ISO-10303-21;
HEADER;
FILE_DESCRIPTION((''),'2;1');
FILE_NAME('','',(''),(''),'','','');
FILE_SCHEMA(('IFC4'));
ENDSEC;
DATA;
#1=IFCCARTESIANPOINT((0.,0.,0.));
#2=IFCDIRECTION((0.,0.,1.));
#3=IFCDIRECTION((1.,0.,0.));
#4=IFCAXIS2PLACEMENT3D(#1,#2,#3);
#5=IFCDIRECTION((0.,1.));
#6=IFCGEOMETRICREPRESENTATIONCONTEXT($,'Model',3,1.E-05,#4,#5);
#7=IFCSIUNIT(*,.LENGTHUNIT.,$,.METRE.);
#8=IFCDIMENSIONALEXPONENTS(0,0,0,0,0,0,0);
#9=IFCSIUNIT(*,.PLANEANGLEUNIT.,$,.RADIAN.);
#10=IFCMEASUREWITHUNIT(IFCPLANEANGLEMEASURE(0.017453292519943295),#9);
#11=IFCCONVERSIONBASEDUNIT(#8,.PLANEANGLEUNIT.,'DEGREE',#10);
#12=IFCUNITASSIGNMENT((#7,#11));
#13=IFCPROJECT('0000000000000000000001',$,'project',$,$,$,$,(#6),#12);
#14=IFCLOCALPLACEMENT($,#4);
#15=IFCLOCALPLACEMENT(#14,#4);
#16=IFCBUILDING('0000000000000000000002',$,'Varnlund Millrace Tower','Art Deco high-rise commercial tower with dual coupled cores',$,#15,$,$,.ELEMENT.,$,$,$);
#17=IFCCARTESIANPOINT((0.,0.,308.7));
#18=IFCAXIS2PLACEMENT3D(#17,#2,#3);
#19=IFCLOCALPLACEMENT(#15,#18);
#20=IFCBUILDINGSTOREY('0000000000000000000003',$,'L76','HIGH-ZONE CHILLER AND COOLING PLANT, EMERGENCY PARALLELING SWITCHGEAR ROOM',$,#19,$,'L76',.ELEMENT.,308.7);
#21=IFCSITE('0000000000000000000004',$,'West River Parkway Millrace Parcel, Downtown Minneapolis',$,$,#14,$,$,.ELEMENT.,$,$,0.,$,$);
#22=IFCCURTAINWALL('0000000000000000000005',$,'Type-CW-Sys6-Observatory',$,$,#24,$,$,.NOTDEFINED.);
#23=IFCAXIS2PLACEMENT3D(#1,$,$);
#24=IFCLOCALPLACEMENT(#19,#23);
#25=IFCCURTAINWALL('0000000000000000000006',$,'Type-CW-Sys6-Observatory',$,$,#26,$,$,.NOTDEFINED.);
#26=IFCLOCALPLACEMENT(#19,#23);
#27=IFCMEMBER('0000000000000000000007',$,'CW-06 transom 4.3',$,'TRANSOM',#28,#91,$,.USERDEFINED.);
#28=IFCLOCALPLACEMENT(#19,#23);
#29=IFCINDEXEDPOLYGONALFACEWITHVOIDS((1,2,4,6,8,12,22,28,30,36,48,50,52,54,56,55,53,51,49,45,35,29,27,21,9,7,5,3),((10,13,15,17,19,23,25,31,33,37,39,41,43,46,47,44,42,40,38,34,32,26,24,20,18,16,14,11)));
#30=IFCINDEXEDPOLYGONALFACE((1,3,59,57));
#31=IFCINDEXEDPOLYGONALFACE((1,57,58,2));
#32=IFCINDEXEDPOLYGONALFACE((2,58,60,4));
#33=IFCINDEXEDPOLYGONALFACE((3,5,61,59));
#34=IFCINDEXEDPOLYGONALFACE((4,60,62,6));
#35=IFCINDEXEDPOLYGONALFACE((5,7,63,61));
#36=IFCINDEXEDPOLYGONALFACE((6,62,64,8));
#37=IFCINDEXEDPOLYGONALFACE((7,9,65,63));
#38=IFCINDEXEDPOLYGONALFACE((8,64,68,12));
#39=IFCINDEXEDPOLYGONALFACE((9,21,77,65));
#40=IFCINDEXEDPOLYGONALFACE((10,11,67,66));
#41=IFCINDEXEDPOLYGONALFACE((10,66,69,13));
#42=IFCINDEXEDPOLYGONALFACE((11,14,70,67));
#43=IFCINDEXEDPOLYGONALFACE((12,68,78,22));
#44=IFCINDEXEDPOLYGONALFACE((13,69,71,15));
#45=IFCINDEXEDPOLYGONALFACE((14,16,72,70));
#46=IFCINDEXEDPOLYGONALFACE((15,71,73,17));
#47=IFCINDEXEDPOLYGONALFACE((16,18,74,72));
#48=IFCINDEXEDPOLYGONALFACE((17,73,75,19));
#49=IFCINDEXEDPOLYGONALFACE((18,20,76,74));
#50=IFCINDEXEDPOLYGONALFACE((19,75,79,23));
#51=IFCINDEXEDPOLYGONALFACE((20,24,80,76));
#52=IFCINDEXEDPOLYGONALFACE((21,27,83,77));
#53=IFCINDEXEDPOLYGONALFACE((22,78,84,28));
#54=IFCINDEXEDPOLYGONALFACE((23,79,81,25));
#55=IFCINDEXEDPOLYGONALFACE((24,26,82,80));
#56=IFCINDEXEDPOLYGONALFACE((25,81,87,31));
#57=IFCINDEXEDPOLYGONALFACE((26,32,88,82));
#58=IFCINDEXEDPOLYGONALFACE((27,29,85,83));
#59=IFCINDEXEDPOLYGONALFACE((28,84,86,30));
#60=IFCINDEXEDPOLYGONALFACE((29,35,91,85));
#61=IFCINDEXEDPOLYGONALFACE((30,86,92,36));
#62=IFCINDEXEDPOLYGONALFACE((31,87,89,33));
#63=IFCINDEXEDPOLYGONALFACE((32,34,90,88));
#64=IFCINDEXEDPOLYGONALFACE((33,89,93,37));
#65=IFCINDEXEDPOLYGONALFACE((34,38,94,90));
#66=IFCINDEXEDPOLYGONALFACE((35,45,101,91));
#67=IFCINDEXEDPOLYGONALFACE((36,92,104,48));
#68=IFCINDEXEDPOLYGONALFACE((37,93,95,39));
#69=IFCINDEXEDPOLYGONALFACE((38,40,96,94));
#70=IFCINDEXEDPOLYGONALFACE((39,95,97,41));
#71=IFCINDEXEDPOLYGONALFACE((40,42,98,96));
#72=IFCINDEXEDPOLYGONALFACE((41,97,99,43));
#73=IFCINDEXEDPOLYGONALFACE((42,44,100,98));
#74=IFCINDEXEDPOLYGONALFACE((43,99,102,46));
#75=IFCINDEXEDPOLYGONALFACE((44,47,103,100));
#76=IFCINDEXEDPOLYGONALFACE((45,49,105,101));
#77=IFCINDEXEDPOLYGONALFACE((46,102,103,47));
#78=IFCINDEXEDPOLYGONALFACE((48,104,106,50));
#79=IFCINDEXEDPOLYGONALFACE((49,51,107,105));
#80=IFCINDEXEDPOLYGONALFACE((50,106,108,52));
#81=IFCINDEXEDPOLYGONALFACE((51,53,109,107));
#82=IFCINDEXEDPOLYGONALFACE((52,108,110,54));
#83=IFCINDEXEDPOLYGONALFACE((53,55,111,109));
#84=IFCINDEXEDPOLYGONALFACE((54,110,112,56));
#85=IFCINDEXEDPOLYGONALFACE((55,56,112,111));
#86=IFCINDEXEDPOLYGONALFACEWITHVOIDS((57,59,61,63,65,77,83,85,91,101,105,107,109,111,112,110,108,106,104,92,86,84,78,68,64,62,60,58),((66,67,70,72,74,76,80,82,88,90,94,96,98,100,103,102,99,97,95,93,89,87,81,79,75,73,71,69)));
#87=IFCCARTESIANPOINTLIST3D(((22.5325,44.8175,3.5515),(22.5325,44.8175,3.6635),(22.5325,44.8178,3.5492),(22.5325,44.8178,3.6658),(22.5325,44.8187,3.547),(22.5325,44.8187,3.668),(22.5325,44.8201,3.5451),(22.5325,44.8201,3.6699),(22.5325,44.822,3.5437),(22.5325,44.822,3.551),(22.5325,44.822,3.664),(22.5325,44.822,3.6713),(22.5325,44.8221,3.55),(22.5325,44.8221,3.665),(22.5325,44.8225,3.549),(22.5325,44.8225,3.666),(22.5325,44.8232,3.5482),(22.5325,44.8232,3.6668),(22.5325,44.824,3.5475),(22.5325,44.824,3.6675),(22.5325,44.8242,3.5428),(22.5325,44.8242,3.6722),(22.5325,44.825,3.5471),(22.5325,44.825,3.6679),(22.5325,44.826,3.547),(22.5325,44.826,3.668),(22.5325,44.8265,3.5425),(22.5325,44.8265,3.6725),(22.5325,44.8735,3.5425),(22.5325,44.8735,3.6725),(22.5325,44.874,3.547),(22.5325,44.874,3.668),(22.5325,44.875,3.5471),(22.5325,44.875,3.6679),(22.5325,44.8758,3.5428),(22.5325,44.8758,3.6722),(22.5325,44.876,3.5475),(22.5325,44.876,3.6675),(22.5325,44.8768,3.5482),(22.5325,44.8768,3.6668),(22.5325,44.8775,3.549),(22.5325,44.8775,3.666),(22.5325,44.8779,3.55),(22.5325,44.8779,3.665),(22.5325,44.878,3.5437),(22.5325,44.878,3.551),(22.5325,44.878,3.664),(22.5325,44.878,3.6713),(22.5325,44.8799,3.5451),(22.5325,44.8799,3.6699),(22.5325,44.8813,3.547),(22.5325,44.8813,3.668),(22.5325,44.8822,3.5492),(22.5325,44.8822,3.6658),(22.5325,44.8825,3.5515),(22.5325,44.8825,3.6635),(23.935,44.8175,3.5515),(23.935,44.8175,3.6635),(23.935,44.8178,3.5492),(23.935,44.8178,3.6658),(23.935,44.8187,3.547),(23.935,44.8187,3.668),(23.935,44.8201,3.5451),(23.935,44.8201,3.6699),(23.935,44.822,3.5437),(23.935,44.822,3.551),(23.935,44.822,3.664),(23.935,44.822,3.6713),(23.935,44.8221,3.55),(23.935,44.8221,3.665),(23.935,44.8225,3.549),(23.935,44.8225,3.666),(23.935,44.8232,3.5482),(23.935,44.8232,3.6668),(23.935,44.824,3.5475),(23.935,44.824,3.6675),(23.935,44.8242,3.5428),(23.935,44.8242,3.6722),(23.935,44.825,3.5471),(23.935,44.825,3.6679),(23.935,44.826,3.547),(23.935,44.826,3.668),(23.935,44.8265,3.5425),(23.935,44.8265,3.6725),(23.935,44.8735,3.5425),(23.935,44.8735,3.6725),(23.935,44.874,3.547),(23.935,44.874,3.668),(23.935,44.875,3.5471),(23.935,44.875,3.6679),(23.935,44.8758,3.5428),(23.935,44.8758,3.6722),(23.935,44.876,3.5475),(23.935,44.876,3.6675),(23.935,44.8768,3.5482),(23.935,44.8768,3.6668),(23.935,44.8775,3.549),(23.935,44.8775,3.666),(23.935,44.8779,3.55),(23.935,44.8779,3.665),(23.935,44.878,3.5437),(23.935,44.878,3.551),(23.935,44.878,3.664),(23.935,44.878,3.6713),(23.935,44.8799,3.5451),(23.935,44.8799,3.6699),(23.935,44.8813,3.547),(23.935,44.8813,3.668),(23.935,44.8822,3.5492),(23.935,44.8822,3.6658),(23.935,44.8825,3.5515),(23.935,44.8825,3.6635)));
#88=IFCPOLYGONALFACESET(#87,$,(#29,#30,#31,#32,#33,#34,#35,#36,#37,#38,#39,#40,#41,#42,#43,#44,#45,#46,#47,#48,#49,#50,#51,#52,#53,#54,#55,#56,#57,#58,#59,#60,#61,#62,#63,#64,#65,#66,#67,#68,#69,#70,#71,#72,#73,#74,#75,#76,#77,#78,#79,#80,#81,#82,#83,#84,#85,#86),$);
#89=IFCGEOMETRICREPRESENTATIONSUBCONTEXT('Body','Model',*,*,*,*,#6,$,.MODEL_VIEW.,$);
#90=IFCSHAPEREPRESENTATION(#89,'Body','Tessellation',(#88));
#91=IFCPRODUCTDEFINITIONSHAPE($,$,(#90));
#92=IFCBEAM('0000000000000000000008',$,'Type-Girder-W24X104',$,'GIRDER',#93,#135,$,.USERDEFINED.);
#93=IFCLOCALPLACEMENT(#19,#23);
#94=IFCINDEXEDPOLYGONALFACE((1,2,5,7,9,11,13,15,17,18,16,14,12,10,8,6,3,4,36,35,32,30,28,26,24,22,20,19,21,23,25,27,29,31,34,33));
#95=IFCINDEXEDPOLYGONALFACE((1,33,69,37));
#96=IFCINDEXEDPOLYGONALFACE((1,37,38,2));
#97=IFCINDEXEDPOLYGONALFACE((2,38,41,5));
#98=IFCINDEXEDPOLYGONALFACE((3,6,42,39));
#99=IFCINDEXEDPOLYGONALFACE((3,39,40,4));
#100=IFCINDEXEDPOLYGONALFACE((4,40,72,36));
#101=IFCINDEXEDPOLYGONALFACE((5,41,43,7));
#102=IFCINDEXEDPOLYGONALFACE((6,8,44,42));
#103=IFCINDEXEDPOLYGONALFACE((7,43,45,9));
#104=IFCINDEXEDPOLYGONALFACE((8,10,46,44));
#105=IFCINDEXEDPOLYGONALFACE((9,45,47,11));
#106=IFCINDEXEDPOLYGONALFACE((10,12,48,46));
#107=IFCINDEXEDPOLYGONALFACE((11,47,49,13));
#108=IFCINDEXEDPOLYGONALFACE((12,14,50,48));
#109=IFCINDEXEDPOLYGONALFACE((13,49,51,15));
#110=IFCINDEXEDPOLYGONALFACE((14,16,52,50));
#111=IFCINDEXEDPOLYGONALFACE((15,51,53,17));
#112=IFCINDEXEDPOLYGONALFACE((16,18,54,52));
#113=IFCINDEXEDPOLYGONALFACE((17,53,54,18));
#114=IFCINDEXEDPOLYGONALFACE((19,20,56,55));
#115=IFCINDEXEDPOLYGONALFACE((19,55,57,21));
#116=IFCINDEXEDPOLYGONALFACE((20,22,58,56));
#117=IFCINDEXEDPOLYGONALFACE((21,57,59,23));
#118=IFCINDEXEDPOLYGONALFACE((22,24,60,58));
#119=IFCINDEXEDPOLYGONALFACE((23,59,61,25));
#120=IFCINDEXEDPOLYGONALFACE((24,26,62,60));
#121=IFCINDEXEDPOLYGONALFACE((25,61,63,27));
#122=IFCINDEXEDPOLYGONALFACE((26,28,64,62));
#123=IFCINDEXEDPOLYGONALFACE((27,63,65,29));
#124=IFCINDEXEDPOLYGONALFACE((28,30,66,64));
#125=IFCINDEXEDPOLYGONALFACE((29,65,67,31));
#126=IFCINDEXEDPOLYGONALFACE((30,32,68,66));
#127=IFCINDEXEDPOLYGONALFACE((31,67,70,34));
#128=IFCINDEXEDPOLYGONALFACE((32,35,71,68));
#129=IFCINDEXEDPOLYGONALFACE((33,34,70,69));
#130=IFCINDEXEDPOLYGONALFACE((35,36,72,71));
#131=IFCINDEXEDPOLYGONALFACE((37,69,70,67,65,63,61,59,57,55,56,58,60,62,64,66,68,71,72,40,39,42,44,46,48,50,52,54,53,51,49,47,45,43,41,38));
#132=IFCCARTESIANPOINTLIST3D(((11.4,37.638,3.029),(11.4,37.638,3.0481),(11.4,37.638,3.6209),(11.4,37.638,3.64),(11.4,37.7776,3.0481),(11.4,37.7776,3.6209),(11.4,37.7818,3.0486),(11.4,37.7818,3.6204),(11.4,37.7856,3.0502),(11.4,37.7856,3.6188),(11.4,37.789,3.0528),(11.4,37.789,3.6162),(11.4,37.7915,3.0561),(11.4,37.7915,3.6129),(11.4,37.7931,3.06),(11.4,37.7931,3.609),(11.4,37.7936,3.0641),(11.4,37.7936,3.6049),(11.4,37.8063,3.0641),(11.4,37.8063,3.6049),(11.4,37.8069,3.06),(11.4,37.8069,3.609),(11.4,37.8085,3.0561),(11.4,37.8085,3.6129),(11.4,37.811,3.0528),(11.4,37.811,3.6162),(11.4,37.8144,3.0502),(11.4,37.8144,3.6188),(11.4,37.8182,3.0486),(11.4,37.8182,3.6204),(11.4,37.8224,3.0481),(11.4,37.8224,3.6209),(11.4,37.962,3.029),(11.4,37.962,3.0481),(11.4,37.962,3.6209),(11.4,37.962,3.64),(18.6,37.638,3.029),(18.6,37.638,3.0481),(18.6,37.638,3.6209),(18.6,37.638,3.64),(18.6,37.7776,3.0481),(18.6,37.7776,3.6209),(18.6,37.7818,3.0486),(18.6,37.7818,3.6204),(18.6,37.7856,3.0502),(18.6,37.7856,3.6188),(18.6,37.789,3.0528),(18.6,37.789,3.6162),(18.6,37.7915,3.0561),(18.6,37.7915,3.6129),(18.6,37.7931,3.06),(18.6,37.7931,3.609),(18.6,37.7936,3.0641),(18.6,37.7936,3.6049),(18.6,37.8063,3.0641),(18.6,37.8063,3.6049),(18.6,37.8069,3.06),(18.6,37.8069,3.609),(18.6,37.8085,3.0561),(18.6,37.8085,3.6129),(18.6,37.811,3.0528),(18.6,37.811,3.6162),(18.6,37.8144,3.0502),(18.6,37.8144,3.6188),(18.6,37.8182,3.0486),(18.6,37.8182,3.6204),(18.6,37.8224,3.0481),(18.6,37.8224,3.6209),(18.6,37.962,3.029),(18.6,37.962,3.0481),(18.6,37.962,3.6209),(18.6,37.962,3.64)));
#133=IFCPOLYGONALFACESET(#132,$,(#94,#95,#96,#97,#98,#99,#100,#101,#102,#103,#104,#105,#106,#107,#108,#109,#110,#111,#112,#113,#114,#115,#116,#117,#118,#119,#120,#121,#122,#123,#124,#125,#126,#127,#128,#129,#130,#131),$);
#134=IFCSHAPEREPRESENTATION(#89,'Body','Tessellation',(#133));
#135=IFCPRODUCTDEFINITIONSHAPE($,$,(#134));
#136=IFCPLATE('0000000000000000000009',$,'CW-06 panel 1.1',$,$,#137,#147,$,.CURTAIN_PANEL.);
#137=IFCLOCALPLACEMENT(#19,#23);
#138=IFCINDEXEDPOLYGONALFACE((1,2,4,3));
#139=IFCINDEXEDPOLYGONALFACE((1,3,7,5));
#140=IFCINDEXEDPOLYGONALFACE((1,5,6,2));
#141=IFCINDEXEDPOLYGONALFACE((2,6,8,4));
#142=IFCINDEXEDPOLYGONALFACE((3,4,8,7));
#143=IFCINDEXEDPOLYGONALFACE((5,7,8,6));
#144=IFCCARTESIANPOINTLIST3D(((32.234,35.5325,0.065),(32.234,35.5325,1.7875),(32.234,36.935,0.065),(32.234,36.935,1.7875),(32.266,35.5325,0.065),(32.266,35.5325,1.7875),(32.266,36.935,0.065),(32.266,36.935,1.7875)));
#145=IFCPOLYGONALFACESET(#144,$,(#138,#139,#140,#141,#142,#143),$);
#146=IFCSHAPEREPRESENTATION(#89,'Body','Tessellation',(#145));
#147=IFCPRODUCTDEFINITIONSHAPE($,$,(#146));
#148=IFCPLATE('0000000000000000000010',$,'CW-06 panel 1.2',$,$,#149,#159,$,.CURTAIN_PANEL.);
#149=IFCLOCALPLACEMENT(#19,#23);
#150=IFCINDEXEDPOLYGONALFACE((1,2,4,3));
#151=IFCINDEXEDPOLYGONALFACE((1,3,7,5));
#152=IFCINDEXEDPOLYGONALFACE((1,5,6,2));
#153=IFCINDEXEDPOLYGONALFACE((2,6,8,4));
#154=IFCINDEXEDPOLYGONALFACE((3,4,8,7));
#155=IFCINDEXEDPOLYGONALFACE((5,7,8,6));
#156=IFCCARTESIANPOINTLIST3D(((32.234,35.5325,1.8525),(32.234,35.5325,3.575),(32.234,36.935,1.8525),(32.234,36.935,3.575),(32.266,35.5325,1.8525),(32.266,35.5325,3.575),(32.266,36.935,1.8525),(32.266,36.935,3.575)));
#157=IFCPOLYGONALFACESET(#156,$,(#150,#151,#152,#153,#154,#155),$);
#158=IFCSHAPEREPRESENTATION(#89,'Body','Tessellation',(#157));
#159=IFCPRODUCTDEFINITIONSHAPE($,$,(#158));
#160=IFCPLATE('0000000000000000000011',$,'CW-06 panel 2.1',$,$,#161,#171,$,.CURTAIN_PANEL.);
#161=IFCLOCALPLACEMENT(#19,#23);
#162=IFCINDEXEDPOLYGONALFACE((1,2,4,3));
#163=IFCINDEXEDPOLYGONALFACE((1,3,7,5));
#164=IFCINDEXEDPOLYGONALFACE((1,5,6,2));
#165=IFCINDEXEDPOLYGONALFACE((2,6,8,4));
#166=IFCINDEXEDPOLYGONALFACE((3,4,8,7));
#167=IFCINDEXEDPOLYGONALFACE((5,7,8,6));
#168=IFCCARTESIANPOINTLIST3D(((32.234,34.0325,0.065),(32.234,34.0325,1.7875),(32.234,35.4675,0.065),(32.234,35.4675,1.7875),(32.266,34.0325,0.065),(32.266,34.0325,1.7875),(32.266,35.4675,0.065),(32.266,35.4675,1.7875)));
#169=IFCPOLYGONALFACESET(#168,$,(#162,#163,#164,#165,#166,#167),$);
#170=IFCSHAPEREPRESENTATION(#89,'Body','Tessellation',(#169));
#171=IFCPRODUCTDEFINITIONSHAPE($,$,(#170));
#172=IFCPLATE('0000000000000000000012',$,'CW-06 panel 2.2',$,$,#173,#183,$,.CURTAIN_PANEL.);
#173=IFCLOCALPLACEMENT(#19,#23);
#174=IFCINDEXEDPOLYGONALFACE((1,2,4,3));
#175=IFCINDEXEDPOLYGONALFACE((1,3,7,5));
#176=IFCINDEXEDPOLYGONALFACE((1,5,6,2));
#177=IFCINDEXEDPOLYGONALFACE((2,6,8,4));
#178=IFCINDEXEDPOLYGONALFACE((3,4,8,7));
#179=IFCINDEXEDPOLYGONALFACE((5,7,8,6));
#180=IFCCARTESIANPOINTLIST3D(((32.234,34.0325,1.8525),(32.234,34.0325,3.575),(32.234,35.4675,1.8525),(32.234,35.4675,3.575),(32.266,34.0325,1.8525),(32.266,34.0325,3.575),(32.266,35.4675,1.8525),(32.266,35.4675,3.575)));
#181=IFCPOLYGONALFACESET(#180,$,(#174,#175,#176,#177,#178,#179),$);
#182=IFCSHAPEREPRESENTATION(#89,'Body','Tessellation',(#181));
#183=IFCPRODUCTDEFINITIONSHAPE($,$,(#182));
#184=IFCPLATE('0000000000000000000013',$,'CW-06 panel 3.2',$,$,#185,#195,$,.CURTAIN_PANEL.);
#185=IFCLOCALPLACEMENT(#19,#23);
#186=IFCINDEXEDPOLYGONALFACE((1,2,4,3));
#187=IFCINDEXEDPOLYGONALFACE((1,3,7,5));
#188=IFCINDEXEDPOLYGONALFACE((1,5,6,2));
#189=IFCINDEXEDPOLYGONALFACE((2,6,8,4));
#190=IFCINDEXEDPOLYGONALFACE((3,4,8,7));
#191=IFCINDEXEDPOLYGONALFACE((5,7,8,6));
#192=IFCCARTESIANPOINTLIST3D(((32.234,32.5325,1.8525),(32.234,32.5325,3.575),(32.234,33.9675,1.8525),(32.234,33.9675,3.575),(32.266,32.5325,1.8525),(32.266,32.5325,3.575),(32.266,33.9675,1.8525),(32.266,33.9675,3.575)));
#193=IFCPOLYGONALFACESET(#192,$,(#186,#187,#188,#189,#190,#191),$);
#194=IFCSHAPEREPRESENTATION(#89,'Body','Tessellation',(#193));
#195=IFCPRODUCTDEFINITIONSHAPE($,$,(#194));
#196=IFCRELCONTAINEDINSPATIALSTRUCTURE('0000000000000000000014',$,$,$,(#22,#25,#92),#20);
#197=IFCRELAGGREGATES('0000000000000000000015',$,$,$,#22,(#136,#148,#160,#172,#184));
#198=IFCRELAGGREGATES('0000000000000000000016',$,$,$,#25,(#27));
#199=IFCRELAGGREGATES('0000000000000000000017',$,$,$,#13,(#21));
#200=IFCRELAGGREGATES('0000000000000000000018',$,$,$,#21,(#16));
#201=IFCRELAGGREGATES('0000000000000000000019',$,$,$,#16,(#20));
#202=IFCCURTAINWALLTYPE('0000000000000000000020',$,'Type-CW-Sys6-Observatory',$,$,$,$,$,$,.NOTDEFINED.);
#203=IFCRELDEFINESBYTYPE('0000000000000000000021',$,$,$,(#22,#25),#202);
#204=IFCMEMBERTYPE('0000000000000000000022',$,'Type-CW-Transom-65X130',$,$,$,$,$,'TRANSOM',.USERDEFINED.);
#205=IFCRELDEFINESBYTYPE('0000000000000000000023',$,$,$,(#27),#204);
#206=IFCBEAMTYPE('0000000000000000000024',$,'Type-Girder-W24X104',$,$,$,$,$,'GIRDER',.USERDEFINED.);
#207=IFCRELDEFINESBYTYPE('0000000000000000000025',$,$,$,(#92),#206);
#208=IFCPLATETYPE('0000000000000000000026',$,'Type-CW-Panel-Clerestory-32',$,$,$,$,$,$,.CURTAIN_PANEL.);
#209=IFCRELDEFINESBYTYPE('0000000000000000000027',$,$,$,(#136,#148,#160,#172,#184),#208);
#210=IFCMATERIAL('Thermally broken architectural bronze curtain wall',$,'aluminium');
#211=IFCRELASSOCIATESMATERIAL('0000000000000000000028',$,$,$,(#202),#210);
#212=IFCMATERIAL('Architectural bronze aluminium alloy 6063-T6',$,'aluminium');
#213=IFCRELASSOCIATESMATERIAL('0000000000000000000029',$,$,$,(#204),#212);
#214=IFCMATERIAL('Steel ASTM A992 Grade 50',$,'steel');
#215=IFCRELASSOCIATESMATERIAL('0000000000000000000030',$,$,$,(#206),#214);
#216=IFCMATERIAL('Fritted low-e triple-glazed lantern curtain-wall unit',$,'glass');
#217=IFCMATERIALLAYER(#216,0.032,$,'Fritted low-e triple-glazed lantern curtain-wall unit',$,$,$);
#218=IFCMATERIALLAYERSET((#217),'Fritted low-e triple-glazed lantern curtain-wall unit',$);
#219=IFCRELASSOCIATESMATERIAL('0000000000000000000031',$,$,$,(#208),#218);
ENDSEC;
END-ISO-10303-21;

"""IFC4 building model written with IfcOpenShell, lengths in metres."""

from ifc_helpers import new_model, entity, si_unit, converted_unit, direction, frame, origin_with_axes, origin_2d_with_axis, place, context, subcontext, project, spatial, rectangle, hollow_rectangle, i_section, extrude, material, layer, layer_set, material_profile, profile_set, type_object, element, aggregate, save


model = new_model("IFC4")

# Units and contexts
model_context = context("Model", 3, precision=1e-05, world=origin_with_axes(), true_north=direction((0.0, 1.0)))
body_context = subcontext(model_context, "Body", "Model", "MODEL_VIEW")
ifc_project = project(units=[si_unit("LENGTHUNIT", "METRE"), converted_unit("PLANEANGLEUNIT", "DEGREE", entity("IfcPlaneAngleMeasure", 0.017453292519943295), si_unit("PLANEANGLEUNIT", "RADIAN"), dimensions=[0, 0, 0, 0, 0, 0, 0])], contexts=[model_context])

# Site, building, storey
site_placement = place(None, origin_with_axes())
site = spatial("IfcSite", under=ifc_project, at=site_placement, Name="West River Parkway Millrace Parcel, Downtown Minneapolis", CompositionType="ELEMENT", RefElevation=0.0)
building_placement = place(site_placement, origin_with_axes())
building = spatial("IfcBuilding", under=site, at=building_placement, Name="Varnlund Millrace Tower", Description="Art Deco high-rise commercial tower with dual coupled cores", CompositionType="ELEMENT")
storey_placement = place(building_placement, frame((0.0, 0.0, 308.7), z_axis=(0.0, 0.0, 1.0), x_axis=(1.0, 0.0, 0.0)))
storey = spatial("IfcBuildingStorey", under=building, at=storey_placement, Name="L76", Description="HIGH-ZONE CHILLER AND COOLING PLANT, EMERGENCY PARALLELING SWITCHGEAR ROOM", LongName="L76", CompositionType="ELEMENT", Elevation=308.7)

# Curtain walls, member
ifc_material_1 = material(Name="Thermally broken architectural bronze curtain wall", Category="aluminium")
curtain_wall_type = type_object("IfcCurtainWallType", Name="Type-CW-Sys6-Observatory", PredefinedType="NOTDEFINED", material=ifc_material_1)
curtain_wall_1_placement = place(storey_placement, frame((32.25, 37.0, 0.0), z_axis=(0.0, 0.0, 1.0), x_axis=(1.0, 0.0, 0.0)))
curtain_wall_1 = element("IfcCurtainWall", 1, at=curtain_wall_1_placement, inside=storey, type_object=curtain_wall_type, Name="Type-CW-Sys6-Observatory", PredefinedType="NOTDEFINED")
ifc_material_2 = material(Name="Architectural bronze aluminium alloy 6063-T6", Category="aluminium")
ifc_material_profile_1 = material_profile(ifc_material_2, hollow_rectangle(XDim=0.065, YDim=0.13, WallThickness=0.0045, InnerFilletRadius=0.004, OuterFilletRadius=0.009, at=origin_2d_with_axis()), Name="Architectural bronze aluminium alloy 6063-T6")
ifc_profile_set_1 = profile_set([ifc_material_profile_1], Name="Architectural bronze aluminium alloy 6063-T6")
member_type = type_object("IfcMemberType", Name="Type-CW-Transom-65X130", ElementType="TRANSOM", PredefinedType="USERDEFINED", material=ifc_profile_set_1)
curtain_wall_2_placement = place(storey_placement, frame((18.0, 44.85, 0.0), z_axis=(0.0, 0.0, 1.0), x_axis=(1.0, 0.0, 0.0)))
curtain_wall_2 = element("IfcCurtainWall", 2, at=curtain_wall_2_placement, inside=storey, type_object=curtain_wall_type, Name="Type-CW-Sys6-Observatory", PredefinedType="NOTDEFINED")
member_1_placement = place(storey_placement, frame((22.5325, 44.85, 3.6075), z_axis=(1.0, 0.0, 0.0), x_axis=(0.0, 1.0, 0.0)))
member_1 = element("IfcMember", 3, at=member_1_placement, type_object=member_type, Name="CW-06 transom 4.3", ObjectType="TRANSOM", PredefinedType="USERDEFINED", context=body_context, shape_type="SweptSolid", body=[
    extrude(hollow_rectangle(XDim=0.065, YDim=0.13, WallThickness=0.0045, InnerFilletRadius=0.004, OuterFilletRadius=0.009, at=origin_2d_with_axis()), origin_with_axes(), (0.0, 0.0, 1.0), 1.4025),
])

# Beam
ifc_material_3 = material(Name="Steel ASTM A992 Grade 50", Category="steel")
ifc_material_profile_2 = material_profile(ifc_material_3, i_section(OverallWidth=0.324, OverallDepth=0.611, WebThickness=0.0127, FlangeThickness=0.0191, FilletRadius=0.016, at=origin_2d_with_axis()), Name="Steel ASTM A992 Grade 50")
ifc_profile_set_2 = profile_set([ifc_material_profile_2], Name="Steel ASTM A992 Grade 50")
beam_type = type_object("IfcBeamType", Name="Type-Girder-W24X104", ElementType="GIRDER", PredefinedType="USERDEFINED", material=ifc_profile_set_2)
beam_placement = place(storey_placement, frame((11.4, 37.8, 3.3345), z_axis=(1.0, 0.0, 0.0), x_axis=(0.0, 1.0, 0.0)))
element("IfcBeam", 4, at=beam_placement, inside=storey, type_object=beam_type, Name="Type-Girder-W24X104", ObjectType="GIRDER", PredefinedType="USERDEFINED", context=body_context, shape_type="SweptSolid", body=[
    extrude(i_section(OverallWidth=0.324, OverallDepth=0.611, WebThickness=0.0127, FlangeThickness=0.0191, FilletRadius=0.016, at=origin_2d_with_axis()), origin_with_axes(), (0.0, 0.0, 1.0), 7.2),
])

# Plates
ifc_material_4 = material(Name="Fritted low-e triple-glazed lantern curtain-wall unit", Category="glass")
ifc_layer_1 = layer(ifc_material_4, 0.032, Name="Fritted low-e triple-glazed lantern curtain-wall unit")
ifc_layer_set_1 = layer_set([ifc_layer_1], Name="Fritted low-e triple-glazed lantern curtain-wall unit")
plate_type = type_object("IfcPlateType", Name="Type-CW-Panel-Clerestory-32", PredefinedType="CURTAIN_PANEL", material=ifc_layer_set_1)
plate_1_placement = place(storey_placement, frame((32.25, 36.2338, 0.065), z_axis=(0.0, 0.0, 1.0), x_axis=(0.0, -1.0, 0.0)))
plate_1 = element("IfcPlate", 5, at=plate_1_placement, type_object=plate_type, Name="CW-06 panel 1.1", PredefinedType="CURTAIN_PANEL", context=body_context, shape_type="SweptSolid", body=[
    extrude(rectangle(XDim=1.4025, YDim=0.032, at=origin_2d_with_axis()), origin_with_axes(), (0.0, 0.0, 1.0), 1.7225),
])
plate_2_placement = place(storey_placement, frame((32.25, 36.2338, 1.8525), z_axis=(0.0, 0.0, 1.0), x_axis=(0.0, -1.0, 0.0)))
plate_2 = element("IfcPlate", 6, at=plate_2_placement, type_object=plate_type, Name="CW-06 panel 1.2", PredefinedType="CURTAIN_PANEL", context=body_context, shape_type="SweptSolid", body=[
    extrude(rectangle(XDim=1.4025, YDim=0.032, at=origin_2d_with_axis()), origin_with_axes(), (0.0, 0.0, 1.0), 1.7225),
])
plate_3_placement = place(storey_placement, frame((32.25, 34.75, 0.065), z_axis=(0.0, 0.0, 1.0), x_axis=(0.0, -1.0, 0.0)))
plate_3 = element("IfcPlate", 7, at=plate_3_placement, type_object=plate_type, Name="CW-06 panel 2.1", PredefinedType="CURTAIN_PANEL", context=body_context, shape_type="SweptSolid", body=[
    extrude(rectangle(XDim=1.435, YDim=0.032, at=origin_2d_with_axis()), origin_with_axes(), (0.0, 0.0, 1.0), 1.7225),
])
plate_4_placement = place(storey_placement, frame((32.25, 34.75, 1.8525), z_axis=(0.0, 0.0, 1.0), x_axis=(0.0, -1.0, 0.0)))
plate_4 = element("IfcPlate", 8, at=plate_4_placement, type_object=plate_type, Name="CW-06 panel 2.2", PredefinedType="CURTAIN_PANEL", context=body_context, shape_type="SweptSolid", body=[
    extrude(rectangle(XDim=1.435, YDim=0.032, at=origin_2d_with_axis()), origin_with_axes(), (0.0, 0.0, 1.0), 1.7225),
])
plate_5_placement = place(storey_placement, frame((32.25, 33.25, 1.8525), z_axis=(0.0, 0.0, 1.0), x_axis=(0.0, -1.0, 0.0)))
plate_5 = element("IfcPlate", 9, at=plate_5_placement, type_object=plate_type, Name="CW-06 panel 3.2", PredefinedType="CURTAIN_PANEL", context=body_context, shape_type="SweptSolid", body=[
    extrude(rectangle(XDim=1.435, YDim=0.032, at=origin_2d_with_axis()), origin_with_axes(), (0.0, 0.0, 1.0), 1.7225),
])
aggregate(curtain_wall_1, [plate_1, plate_2, plate_3, plate_4, plate_5])
aggregate(curtain_wall_2, [member_1])

save(model, "model.ifc")
